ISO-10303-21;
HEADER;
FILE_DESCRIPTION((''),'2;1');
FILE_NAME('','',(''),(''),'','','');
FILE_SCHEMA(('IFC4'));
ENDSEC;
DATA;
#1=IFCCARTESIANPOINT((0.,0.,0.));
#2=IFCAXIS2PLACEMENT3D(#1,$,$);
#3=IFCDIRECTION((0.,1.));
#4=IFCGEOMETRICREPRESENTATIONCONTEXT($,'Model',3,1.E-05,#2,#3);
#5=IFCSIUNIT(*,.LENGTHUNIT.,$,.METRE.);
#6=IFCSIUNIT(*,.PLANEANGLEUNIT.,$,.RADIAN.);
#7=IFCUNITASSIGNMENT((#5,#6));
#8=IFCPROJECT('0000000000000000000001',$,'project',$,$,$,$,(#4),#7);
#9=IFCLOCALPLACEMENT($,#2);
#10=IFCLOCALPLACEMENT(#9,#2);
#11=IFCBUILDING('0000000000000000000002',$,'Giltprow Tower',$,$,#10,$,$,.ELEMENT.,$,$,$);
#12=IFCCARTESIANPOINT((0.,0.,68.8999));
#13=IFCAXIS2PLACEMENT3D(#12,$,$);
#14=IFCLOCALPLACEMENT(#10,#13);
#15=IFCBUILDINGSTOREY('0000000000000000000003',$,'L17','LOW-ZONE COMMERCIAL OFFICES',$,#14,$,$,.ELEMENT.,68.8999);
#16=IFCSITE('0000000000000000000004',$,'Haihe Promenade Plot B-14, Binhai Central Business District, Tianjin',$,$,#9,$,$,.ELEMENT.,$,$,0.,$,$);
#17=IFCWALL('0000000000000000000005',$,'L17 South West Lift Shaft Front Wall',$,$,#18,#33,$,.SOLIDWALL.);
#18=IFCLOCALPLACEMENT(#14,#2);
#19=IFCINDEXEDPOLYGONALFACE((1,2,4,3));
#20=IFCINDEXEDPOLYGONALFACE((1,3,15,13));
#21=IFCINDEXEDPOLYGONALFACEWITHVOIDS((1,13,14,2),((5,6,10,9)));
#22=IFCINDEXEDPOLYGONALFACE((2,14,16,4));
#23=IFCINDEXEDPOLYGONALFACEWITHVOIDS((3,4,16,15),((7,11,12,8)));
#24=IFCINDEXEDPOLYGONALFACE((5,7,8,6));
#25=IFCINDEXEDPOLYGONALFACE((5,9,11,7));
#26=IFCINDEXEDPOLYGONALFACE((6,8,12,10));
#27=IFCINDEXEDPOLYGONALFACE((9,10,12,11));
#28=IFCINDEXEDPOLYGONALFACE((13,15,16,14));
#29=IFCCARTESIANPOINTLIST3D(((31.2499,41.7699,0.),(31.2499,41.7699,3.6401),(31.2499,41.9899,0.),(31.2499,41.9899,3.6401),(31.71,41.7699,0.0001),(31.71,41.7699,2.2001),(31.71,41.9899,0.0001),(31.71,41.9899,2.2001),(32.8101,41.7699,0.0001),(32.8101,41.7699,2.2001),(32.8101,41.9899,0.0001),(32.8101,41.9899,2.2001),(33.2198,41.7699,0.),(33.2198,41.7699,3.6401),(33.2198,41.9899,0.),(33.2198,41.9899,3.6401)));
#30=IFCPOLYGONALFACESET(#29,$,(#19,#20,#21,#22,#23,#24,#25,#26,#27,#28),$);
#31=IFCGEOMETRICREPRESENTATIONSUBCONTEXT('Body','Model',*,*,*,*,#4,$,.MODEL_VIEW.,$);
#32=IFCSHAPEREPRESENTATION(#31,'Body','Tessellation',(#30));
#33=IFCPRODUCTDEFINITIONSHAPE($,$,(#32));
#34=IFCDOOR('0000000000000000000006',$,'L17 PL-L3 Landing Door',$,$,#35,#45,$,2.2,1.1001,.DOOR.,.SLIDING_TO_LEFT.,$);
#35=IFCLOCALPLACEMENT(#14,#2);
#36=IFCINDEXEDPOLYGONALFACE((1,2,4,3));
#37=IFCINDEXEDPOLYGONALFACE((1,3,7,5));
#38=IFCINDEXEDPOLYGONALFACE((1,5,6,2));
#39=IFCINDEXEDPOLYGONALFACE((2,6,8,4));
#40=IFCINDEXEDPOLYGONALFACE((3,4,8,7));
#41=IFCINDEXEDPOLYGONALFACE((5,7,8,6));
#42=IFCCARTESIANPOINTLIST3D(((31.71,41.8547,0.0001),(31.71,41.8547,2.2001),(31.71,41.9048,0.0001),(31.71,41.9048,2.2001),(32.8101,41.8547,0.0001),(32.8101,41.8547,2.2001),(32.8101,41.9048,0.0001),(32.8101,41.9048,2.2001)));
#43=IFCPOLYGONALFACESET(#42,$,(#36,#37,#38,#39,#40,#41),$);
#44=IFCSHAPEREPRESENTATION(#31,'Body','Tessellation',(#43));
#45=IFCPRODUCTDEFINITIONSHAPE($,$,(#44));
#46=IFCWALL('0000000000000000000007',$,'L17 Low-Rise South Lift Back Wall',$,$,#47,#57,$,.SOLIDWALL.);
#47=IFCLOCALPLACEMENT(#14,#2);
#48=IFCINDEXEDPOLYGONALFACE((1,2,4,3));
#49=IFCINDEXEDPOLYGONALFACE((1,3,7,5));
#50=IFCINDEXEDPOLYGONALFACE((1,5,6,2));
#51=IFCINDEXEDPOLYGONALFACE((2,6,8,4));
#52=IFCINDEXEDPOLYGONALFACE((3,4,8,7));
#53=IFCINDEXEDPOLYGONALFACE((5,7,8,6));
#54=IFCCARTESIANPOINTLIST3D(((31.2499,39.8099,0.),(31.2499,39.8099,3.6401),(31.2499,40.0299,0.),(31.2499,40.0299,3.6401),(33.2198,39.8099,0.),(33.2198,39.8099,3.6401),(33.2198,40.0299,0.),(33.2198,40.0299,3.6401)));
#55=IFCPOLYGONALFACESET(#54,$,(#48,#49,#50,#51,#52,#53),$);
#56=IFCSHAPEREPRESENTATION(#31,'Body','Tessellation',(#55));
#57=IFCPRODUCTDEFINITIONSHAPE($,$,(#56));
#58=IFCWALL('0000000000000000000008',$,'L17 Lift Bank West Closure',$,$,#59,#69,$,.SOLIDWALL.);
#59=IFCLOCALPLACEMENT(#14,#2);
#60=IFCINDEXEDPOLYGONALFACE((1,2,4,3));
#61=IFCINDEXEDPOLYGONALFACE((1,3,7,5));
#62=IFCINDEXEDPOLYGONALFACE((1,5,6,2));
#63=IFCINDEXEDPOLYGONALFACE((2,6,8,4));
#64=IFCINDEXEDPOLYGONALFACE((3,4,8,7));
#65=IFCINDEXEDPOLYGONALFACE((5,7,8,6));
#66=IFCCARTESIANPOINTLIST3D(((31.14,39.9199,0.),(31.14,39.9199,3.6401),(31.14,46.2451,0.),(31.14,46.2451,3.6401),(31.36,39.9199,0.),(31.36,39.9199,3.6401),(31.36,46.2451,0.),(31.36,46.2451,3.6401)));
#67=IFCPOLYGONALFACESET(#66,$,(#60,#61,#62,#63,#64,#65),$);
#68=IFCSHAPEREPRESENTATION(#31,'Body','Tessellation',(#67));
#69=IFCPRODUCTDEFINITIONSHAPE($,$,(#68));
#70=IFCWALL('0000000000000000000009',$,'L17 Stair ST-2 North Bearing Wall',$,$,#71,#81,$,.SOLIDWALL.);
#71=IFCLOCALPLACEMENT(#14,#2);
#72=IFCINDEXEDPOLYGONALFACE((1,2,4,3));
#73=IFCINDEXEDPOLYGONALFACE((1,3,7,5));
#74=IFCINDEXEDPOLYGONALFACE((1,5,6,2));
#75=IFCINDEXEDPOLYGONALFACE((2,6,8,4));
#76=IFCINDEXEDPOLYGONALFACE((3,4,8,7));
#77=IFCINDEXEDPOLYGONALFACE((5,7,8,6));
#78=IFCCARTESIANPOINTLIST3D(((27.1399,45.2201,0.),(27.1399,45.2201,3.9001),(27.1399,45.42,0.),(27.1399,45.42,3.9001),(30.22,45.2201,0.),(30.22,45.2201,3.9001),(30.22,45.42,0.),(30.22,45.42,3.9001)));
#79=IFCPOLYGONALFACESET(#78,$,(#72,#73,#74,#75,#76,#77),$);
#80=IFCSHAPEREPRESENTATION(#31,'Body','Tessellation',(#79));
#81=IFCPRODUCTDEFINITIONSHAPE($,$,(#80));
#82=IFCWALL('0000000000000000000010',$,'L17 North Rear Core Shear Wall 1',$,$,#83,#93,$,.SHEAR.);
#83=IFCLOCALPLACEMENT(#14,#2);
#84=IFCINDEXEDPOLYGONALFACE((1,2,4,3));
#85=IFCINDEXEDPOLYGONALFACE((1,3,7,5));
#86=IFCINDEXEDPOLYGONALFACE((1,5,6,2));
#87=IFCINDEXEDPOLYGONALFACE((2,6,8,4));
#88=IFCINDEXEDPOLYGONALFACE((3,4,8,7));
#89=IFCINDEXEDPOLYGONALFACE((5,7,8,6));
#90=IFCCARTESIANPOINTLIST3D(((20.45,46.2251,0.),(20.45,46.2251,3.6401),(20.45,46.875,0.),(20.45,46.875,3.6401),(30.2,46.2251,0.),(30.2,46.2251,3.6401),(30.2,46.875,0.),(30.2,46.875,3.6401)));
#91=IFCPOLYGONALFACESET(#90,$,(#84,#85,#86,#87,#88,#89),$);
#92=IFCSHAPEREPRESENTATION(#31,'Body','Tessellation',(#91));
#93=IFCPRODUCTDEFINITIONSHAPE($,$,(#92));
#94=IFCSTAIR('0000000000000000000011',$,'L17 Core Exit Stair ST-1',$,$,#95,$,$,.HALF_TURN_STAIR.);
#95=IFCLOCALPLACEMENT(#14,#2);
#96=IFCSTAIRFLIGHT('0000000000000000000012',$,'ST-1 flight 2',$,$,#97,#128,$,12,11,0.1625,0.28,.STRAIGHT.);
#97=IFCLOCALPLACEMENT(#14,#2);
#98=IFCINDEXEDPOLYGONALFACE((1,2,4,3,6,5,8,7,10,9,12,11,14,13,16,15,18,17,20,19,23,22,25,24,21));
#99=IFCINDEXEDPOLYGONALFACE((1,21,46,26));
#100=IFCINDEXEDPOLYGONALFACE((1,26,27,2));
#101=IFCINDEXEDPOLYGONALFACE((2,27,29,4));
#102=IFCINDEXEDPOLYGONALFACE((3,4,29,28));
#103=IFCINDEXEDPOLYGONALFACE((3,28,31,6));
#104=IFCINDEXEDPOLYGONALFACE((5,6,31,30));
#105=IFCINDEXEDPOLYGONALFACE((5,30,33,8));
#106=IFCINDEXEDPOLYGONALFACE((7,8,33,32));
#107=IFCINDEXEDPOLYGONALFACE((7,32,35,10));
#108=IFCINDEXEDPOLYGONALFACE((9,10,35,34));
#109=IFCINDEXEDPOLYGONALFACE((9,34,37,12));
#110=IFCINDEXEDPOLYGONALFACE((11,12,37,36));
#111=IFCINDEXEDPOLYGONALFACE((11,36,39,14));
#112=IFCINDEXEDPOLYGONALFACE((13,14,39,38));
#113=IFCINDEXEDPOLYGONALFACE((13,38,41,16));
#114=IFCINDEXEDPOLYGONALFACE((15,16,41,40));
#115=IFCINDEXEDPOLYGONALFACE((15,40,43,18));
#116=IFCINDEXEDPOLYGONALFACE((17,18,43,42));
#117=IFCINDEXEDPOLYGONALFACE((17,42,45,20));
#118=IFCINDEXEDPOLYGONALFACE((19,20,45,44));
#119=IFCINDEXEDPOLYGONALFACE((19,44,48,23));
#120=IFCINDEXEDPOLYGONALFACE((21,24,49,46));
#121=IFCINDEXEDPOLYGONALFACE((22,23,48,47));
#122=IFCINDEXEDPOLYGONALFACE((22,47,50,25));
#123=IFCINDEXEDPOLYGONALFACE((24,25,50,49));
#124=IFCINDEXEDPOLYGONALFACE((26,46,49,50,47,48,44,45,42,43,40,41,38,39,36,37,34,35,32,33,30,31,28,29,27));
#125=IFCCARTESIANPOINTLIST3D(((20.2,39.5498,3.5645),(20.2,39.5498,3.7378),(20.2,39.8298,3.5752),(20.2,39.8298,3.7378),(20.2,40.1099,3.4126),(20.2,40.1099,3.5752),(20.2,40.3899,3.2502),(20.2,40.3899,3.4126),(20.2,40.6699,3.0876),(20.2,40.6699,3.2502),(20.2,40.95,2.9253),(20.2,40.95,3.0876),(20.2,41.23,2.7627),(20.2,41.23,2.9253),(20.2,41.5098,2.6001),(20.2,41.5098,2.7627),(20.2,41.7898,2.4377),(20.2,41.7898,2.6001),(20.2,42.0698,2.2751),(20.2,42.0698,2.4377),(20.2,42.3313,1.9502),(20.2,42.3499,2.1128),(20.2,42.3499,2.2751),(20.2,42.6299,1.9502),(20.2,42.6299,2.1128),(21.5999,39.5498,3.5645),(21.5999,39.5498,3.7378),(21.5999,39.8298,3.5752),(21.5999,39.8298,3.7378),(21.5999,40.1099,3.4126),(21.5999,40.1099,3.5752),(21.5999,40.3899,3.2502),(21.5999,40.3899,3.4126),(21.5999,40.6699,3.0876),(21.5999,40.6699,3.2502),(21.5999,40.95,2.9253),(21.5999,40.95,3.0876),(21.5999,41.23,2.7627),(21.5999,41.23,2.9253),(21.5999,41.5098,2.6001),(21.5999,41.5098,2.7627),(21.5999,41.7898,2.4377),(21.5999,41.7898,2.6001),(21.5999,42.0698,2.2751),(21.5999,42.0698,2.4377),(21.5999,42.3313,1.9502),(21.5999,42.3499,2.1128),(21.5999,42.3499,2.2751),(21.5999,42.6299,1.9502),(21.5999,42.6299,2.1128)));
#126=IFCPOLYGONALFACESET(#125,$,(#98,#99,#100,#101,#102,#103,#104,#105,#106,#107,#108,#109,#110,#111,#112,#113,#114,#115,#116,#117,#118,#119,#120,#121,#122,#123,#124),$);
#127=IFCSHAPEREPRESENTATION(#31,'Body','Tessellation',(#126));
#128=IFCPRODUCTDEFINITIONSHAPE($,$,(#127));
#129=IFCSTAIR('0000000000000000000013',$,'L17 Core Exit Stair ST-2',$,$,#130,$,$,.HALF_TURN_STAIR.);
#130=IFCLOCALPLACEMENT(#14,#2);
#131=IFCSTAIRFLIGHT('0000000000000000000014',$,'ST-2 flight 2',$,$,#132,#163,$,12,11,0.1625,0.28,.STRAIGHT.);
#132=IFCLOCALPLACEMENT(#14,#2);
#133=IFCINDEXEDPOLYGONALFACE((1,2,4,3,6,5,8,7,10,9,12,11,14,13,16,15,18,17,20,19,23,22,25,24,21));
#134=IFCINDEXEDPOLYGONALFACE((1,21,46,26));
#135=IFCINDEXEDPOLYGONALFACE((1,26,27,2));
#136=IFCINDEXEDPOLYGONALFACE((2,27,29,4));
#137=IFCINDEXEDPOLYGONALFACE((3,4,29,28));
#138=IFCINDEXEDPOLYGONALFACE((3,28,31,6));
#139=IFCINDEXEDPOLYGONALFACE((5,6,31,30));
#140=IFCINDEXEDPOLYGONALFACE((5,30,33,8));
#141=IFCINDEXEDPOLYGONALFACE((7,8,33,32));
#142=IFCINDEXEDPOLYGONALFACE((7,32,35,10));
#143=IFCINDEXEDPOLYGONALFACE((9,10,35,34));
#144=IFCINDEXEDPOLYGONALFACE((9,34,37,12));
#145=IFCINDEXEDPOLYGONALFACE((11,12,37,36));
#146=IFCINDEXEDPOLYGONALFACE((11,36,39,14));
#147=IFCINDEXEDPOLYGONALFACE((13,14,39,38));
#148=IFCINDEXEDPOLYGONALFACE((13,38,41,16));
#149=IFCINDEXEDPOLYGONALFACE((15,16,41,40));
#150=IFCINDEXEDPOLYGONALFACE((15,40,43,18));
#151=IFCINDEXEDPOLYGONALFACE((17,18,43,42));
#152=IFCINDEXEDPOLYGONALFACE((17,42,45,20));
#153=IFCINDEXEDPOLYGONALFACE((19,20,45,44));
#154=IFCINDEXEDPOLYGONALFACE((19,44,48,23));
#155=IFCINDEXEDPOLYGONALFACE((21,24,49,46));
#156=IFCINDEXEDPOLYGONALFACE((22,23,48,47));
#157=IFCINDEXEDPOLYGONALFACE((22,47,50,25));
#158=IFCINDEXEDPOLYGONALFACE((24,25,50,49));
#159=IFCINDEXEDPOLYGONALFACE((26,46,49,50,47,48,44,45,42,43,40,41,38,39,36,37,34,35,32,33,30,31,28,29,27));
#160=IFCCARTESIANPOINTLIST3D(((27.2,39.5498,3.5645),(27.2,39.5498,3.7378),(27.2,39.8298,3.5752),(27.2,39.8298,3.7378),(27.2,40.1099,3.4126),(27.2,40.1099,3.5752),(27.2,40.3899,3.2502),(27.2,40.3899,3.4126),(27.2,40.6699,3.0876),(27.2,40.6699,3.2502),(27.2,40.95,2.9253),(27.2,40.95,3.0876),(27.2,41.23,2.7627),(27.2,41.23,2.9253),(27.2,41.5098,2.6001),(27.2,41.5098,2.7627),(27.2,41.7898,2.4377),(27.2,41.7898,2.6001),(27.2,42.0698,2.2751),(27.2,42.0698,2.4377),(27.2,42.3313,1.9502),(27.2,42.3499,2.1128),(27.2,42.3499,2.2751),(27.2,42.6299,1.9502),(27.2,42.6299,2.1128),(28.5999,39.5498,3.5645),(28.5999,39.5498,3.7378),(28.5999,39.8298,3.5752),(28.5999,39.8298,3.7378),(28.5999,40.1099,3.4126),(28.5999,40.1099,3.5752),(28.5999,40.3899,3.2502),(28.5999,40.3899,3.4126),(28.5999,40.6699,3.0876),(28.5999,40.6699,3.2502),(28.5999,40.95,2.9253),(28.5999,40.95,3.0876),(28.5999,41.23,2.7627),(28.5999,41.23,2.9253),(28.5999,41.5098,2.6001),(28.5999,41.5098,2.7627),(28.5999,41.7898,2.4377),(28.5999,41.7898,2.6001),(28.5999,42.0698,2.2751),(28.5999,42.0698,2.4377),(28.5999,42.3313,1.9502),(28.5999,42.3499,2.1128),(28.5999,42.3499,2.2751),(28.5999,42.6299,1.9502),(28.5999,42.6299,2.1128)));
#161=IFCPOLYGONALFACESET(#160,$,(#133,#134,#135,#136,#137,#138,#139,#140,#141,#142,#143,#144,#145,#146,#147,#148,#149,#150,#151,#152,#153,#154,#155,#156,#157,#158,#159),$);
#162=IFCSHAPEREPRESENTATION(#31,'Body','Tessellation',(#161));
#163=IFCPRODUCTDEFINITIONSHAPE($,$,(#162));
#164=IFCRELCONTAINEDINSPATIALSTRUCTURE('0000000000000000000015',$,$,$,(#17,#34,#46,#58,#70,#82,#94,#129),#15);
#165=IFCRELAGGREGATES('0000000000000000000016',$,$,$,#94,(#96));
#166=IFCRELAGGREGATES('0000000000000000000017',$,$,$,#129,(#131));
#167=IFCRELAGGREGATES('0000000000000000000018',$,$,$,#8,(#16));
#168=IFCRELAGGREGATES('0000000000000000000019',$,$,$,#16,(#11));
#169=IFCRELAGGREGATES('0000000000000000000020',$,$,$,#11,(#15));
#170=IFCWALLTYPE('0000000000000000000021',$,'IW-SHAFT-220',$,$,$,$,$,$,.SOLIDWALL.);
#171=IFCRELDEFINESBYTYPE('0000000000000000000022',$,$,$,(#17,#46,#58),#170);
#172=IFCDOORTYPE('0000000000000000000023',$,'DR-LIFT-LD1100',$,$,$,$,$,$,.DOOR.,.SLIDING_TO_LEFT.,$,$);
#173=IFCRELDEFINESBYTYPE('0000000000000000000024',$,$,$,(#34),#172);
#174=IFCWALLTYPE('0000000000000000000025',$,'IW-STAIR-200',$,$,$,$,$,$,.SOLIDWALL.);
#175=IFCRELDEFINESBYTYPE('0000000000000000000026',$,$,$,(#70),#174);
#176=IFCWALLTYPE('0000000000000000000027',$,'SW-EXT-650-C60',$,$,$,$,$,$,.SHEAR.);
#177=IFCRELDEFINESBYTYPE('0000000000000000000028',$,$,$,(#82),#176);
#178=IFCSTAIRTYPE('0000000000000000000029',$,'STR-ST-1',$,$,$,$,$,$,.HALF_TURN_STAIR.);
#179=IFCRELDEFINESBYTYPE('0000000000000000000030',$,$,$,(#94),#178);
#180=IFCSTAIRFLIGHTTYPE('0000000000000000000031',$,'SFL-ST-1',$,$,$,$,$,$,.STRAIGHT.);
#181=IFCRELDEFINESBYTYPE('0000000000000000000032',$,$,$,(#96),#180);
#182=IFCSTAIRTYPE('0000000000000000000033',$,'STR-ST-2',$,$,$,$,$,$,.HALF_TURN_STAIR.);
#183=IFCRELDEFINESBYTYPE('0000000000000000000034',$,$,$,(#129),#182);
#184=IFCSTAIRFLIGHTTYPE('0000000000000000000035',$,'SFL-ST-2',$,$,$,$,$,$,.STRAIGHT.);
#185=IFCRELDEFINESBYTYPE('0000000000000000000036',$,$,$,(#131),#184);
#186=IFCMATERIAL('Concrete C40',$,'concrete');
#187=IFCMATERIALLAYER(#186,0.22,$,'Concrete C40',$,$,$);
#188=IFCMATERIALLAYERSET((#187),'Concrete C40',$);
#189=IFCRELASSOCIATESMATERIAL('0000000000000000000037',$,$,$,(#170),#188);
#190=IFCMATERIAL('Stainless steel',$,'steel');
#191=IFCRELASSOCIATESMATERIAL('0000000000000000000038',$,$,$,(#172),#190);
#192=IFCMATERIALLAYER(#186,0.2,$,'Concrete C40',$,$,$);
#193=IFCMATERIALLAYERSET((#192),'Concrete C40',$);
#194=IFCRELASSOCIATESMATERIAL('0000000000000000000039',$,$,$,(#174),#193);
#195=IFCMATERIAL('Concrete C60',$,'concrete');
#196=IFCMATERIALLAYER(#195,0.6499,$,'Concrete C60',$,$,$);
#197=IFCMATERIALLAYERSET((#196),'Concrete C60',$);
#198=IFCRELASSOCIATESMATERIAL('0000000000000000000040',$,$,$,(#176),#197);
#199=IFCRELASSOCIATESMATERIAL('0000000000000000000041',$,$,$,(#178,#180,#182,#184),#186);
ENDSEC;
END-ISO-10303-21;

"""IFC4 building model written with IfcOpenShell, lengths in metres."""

from ifc_helpers import new_model, si_unit, direction, frame, frame_2d, origin, place, context, subcontext, project, spatial, polyline, rectangle, outline, extrude, source, transform, mapped, material, layer, layer_set, type_object, element, fill, aggregate, save


model = new_model("IFC4")

# Units and contexts
model_context = context("Model", 3, precision=1e-05, world=origin(), true_north=direction((0.0, 1.0)))
body_context = subcontext(model_context, "Body", "Model", "MODEL_VIEW")
ifc_project = project(units=[si_unit("LENGTHUNIT", "METRE"), si_unit("PLANEANGLEUNIT", "RADIAN")], contexts=[model_context])

# Site, building, storey
site_placement = place(None, origin())
site = spatial("IfcSite", under=ifc_project, at=site_placement, Name="Haihe Promenade Plot B-14, Binhai Central Business District, Tianjin", CompositionType="ELEMENT", RefElevation=0.0)
building_placement = place(site_placement, origin())
building = spatial("IfcBuilding", under=site, at=building_placement, Name="Giltprow Tower", CompositionType="ELEMENT")
storey_placement = place(building_placement, frame((0.0, 0.0, 68.8999)))
storey = spatial("IfcBuildingStorey", under=building, at=storey_placement, Name="L17", Description="LOW-ZONE COMMERCIAL OFFICES", CompositionType="ELEMENT", Elevation=68.8999)

# Shared definitions
ifc_material_1 = material(Name="Concrete C60", Category="concrete")

# Shared definitions
ifc_material_2 = material(Name="Concrete C40", Category="concrete")
ifc_layer_1 = layer(ifc_material_2, 0.22, Name="Concrete C40")
ifc_layer_set_1 = layer_set([ifc_layer_1], Name="Concrete C40")
wall_type_1 = type_object("IfcWallType", Name="IW-SHAFT-220", PredefinedType="SOLIDWALL", material=ifc_layer_set_1)
ifc_material_3 = material(Name="Stainless steel", Category="steel")
door_type = type_object("IfcDoorType", Name="DR-LIFT-LD1100", OperationType="SLIDING_TO_LEFT", PredefinedType="DOOR", material=ifc_material_3)
shared_shape_1 = source(origin(), body_context, "Body", "SweptSolid", [
    extrude(rectangle(XDim=1.1001, YDim=2.2, at=frame_2d((0.55, 1.1001))), frame((0.0, 0.0249, 0.0), z_axis=(0.0, -1.0, 0.0), x_axis=(1.0, 0.0, 0.0)), (0.0, 0.0, 1.0), 0.05),
])

# Wall, opening, door
wall_1_placement = place(storey_placement, frame((31.25, 41.8799, 0.0), z_axis=(0.0, 0.0, 1.0), x_axis=(1.0, 0.0, 0.0)))
wall_1 = element("IfcWall", 1, at=wall_1_placement, inside=storey, type_object=wall_type_1, Name="L17 South West Lift Shaft Front Wall", PredefinedType="SOLIDWALL", context=body_context, shape_type="SweptSolid", body=[
    extrude(rectangle(XDim=1.97, YDim=0.22, at=frame_2d((0.9849, 0.0))), origin(), (0.0, 0.0, 1.0), 3.6401),
])
opening_1_placement = place(wall_1_placement, frame((0.46, 0.0, 0.0)))
opening_1 = element("IfcOpeningElement", 2, at=opening_1_placement, cuts=wall_1, PredefinedType="OPENING", context=body_context, shape_type="SweptSolid", body=[
    extrude(rectangle(XDim=1.1001, YDim=2.2, at=frame_2d((0.55, 1.1001))), frame((0.0, 0.1199, 0.0), z_axis=(0.0, -1.0, 0.0), x_axis=(1.0, 0.0, 0.0)), (0.0, 0.0, 1.0), 0.24),
])
door_1_placement = place(opening_1_placement, origin())
door_1 = element("IfcDoor", 3, at=door_1_placement, inside=storey, type_object=door_type, Name="L17 PL-L3 Landing Door", OperationType="SLIDING_TO_LEFT", OverallHeight=2.2, OverallWidth=1.1001, PredefinedType="DOOR", context=body_context, shape_type="MappedRepresentation", body=[
    mapped(shared_shape_1, transform((0.0, 0.0, 0.0), x_axis=(1.0, 0.0, 0.0), y_axis=(0.0, 1.0, 0.0), z_axis=(0.0, 0.0, 1.0), scale=1.0)),
])
fill(opening_1, door_1)

# Walls
wall_2_placement = place(storey_placement, frame((31.25, 39.9199, 0.0), z_axis=(0.0, 0.0, 1.0), x_axis=(1.0, 0.0, 0.0)))
element("IfcWall", 4, at=wall_2_placement, inside=storey, type_object=wall_type_1, Name="L17 Low-Rise South Lift Back Wall", PredefinedType="SOLIDWALL", context=body_context, shape_type="SweptSolid", body=[
    extrude(rectangle(XDim=1.97, YDim=0.22, at=frame_2d((0.9849, 0.0))), origin(), (0.0, 0.0, 1.0), 3.6401),
])
wall_3_placement = place(storey_placement, frame((31.25, 39.9199, 0.0), z_axis=(0.0, 0.0, 1.0), x_axis=(0.0, 1.0, 0.0)))
element("IfcWall", 5, at=wall_3_placement, inside=storey, type_object=wall_type_1, Name="L17 Lift Bank West Closure", PredefinedType="SOLIDWALL", context=body_context, shape_type="SweptSolid", body=[
    extrude(rectangle(XDim=6.3252, YDim=0.22, at=frame_2d((3.1626, 0.0))), origin(), (0.0, 0.0, 1.0), 3.6401),
])
ifc_layer_2 = layer(ifc_material_2, 0.2, Name="Concrete C40")
ifc_layer_set_2 = layer_set([ifc_layer_2], Name="Concrete C40")
wall_type_2 = type_object("IfcWallType", Name="IW-STAIR-200", PredefinedType="SOLIDWALL", material=ifc_layer_set_2)
wall_4_placement = place(storey_placement, frame((27.1399, 45.3201, 0.0), z_axis=(0.0, 0.0, 1.0), x_axis=(1.0, 0.0, 0.0)))
element("IfcWall", 6, at=wall_4_placement, inside=storey, type_object=wall_type_2, Name="L17 Stair ST-2 North Bearing Wall", PredefinedType="SOLIDWALL", context=body_context, shape_type="SweptSolid", body=[
    extrude(rectangle(XDim=3.0801, YDim=0.2, at=frame_2d((1.54, 0.0))), origin(), (0.0, 0.0, 1.0), 3.9001),
])
ifc_layer_3 = layer(ifc_material_1, 0.6499, Name="Concrete C60")
ifc_layer_set_3 = layer_set([ifc_layer_3], Name="Concrete C60")
wall_type_3 = type_object("IfcWallType", Name="SW-EXT-650-C60", PredefinedType="SHEAR", material=ifc_layer_set_3)
wall_5_placement = place(storey_placement, frame((20.45, 46.55, 0.0), z_axis=(0.0, 0.0, 1.0), x_axis=(1.0, 0.0, 0.0)))
element("IfcWall", 7, at=wall_5_placement, inside=storey, type_object=wall_type_3, Name="L17 North Rear Core Shear Wall 1", PredefinedType="SHEAR", context=body_context, shape_type="SweptSolid", body=[
    extrude(rectangle(XDim=9.75, YDim=0.6499, at=frame_2d((4.875, 0.0))), origin(), (0.0, 0.0, 1.0), 3.6401),
])

# Stairs, stair flights
stair_type_1 = type_object("IfcStairType", Name="STR-ST-1", PredefinedType="HALF_TURN_STAIR", material=ifc_material_2)
stair_1_placement = place(storey_placement, origin())
stair_1 = element("IfcStair", 8, at=stair_1_placement, inside=storey, type_object=stair_type_1, Name="L17 Core Exit Stair ST-1", PredefinedType="HALF_TURN_STAIR")
stair_flight_type_1 = type_object("IfcStairFlightType", Name="SFL-ST-1", PredefinedType="STRAIGHT", material=ifc_material_2)
stair_flight_1_placement = place(storey_placement, frame((20.8999, 42.6299, 1.9502), z_axis=(0.0, 0.0, 1.0), x_axis=(0.0, -1.0, 0.0)))
stair_flight_1 = element("IfcStairFlight", 9, at=stair_flight_1_placement, type_object=stair_flight_type_1, Name="ST-1 flight 2", NumberOfRisers=12, NumberOfTreads=11, PredefinedType="STRAIGHT", RiserHeight=0.1625, TreadLength=0.28, context=body_context, shape_type="SweptSolid", body=[
    extrude(outline(polyline([(0.0, 0.0), (0.0, 0.1626), (0.28, 0.1626), (0.28, 0.325), (0.5601, 0.325), (0.5601, 0.4875), (0.8401, 0.4875), (0.8401, 0.6499), (1.1201, 0.6499), (1.1201, 0.8125), (1.3999, 0.8125), (1.3999, 0.9751), (1.6799, 0.9751), (1.6799, 1.1375), (1.96, 1.1375), (1.96, 1.3), (2.24, 1.3), (2.24, 1.4624), (2.52, 1.4624), (2.52, 1.625), (2.8, 1.625), (2.8, 1.7876), (3.0801, 1.7876), (3.0801, 1.95), (3.0801, 1.6143), (0.2986, 0.0), (0.0, 0.0)])), frame((0.0, 0.7, 0.0), z_axis=(0.0, -1.0, 0.0), x_axis=(1.0, 0.0, 0.0)), (0.0, 0.0, 1.0), 1.3999),
])
aggregate(stair_1, [stair_flight_1])
stair_type_2 = type_object("IfcStairType", Name="STR-ST-2", PredefinedType="HALF_TURN_STAIR", material=ifc_material_2)
stair_2_placement = place(storey_placement, origin())
stair_2 = element("IfcStair", 10, at=stair_2_placement, inside=storey, type_object=stair_type_2, Name="L17 Core Exit Stair ST-2", PredefinedType="HALF_TURN_STAIR")
stair_flight_type_2 = type_object("IfcStairFlightType", Name="SFL-ST-2", PredefinedType="STRAIGHT", material=ifc_material_2)
stair_flight_2_placement = place(storey_placement, frame((27.8999, 42.6299, 1.9502), z_axis=(0.0, 0.0, 1.0), x_axis=(0.0, -1.0, 0.0)))
stair_flight_2 = element("IfcStairFlight", 11, at=stair_flight_2_placement, type_object=stair_flight_type_2, Name="ST-2 flight 2", NumberOfRisers=12, NumberOfTreads=11, PredefinedType="STRAIGHT", RiserHeight=0.1625, TreadLength=0.28, context=body_context, shape_type="SweptSolid", body=[
    extrude(outline(polyline([(0.0, 0.0), (0.0, 0.1626), (0.28, 0.1626), (0.28, 0.325), (0.5601, 0.325), (0.5601, 0.4875), (0.8401, 0.4875), (0.8401, 0.6499), (1.1201, 0.6499), (1.1201, 0.8125), (1.3999, 0.8125), (1.3999, 0.9751), (1.6799, 0.9751), (1.6799, 1.1375), (1.96, 1.1375), (1.96, 1.3), (2.24, 1.3), (2.24, 1.4624), (2.52, 1.4624), (2.52, 1.625), (2.8, 1.625), (2.8, 1.7876), (3.0801, 1.7876), (3.0801, 1.95), (3.0801, 1.6143), (0.2986, 0.0), (0.0, 0.0)])), frame((0.0, 0.7, 0.0), z_axis=(0.0, -1.0, 0.0), x_axis=(1.0, 0.0, 0.0)), (0.0, 0.0, 1.0), 1.3999),
])
aggregate(stair_2, [stair_flight_2])

save(model, "model.ifc")
